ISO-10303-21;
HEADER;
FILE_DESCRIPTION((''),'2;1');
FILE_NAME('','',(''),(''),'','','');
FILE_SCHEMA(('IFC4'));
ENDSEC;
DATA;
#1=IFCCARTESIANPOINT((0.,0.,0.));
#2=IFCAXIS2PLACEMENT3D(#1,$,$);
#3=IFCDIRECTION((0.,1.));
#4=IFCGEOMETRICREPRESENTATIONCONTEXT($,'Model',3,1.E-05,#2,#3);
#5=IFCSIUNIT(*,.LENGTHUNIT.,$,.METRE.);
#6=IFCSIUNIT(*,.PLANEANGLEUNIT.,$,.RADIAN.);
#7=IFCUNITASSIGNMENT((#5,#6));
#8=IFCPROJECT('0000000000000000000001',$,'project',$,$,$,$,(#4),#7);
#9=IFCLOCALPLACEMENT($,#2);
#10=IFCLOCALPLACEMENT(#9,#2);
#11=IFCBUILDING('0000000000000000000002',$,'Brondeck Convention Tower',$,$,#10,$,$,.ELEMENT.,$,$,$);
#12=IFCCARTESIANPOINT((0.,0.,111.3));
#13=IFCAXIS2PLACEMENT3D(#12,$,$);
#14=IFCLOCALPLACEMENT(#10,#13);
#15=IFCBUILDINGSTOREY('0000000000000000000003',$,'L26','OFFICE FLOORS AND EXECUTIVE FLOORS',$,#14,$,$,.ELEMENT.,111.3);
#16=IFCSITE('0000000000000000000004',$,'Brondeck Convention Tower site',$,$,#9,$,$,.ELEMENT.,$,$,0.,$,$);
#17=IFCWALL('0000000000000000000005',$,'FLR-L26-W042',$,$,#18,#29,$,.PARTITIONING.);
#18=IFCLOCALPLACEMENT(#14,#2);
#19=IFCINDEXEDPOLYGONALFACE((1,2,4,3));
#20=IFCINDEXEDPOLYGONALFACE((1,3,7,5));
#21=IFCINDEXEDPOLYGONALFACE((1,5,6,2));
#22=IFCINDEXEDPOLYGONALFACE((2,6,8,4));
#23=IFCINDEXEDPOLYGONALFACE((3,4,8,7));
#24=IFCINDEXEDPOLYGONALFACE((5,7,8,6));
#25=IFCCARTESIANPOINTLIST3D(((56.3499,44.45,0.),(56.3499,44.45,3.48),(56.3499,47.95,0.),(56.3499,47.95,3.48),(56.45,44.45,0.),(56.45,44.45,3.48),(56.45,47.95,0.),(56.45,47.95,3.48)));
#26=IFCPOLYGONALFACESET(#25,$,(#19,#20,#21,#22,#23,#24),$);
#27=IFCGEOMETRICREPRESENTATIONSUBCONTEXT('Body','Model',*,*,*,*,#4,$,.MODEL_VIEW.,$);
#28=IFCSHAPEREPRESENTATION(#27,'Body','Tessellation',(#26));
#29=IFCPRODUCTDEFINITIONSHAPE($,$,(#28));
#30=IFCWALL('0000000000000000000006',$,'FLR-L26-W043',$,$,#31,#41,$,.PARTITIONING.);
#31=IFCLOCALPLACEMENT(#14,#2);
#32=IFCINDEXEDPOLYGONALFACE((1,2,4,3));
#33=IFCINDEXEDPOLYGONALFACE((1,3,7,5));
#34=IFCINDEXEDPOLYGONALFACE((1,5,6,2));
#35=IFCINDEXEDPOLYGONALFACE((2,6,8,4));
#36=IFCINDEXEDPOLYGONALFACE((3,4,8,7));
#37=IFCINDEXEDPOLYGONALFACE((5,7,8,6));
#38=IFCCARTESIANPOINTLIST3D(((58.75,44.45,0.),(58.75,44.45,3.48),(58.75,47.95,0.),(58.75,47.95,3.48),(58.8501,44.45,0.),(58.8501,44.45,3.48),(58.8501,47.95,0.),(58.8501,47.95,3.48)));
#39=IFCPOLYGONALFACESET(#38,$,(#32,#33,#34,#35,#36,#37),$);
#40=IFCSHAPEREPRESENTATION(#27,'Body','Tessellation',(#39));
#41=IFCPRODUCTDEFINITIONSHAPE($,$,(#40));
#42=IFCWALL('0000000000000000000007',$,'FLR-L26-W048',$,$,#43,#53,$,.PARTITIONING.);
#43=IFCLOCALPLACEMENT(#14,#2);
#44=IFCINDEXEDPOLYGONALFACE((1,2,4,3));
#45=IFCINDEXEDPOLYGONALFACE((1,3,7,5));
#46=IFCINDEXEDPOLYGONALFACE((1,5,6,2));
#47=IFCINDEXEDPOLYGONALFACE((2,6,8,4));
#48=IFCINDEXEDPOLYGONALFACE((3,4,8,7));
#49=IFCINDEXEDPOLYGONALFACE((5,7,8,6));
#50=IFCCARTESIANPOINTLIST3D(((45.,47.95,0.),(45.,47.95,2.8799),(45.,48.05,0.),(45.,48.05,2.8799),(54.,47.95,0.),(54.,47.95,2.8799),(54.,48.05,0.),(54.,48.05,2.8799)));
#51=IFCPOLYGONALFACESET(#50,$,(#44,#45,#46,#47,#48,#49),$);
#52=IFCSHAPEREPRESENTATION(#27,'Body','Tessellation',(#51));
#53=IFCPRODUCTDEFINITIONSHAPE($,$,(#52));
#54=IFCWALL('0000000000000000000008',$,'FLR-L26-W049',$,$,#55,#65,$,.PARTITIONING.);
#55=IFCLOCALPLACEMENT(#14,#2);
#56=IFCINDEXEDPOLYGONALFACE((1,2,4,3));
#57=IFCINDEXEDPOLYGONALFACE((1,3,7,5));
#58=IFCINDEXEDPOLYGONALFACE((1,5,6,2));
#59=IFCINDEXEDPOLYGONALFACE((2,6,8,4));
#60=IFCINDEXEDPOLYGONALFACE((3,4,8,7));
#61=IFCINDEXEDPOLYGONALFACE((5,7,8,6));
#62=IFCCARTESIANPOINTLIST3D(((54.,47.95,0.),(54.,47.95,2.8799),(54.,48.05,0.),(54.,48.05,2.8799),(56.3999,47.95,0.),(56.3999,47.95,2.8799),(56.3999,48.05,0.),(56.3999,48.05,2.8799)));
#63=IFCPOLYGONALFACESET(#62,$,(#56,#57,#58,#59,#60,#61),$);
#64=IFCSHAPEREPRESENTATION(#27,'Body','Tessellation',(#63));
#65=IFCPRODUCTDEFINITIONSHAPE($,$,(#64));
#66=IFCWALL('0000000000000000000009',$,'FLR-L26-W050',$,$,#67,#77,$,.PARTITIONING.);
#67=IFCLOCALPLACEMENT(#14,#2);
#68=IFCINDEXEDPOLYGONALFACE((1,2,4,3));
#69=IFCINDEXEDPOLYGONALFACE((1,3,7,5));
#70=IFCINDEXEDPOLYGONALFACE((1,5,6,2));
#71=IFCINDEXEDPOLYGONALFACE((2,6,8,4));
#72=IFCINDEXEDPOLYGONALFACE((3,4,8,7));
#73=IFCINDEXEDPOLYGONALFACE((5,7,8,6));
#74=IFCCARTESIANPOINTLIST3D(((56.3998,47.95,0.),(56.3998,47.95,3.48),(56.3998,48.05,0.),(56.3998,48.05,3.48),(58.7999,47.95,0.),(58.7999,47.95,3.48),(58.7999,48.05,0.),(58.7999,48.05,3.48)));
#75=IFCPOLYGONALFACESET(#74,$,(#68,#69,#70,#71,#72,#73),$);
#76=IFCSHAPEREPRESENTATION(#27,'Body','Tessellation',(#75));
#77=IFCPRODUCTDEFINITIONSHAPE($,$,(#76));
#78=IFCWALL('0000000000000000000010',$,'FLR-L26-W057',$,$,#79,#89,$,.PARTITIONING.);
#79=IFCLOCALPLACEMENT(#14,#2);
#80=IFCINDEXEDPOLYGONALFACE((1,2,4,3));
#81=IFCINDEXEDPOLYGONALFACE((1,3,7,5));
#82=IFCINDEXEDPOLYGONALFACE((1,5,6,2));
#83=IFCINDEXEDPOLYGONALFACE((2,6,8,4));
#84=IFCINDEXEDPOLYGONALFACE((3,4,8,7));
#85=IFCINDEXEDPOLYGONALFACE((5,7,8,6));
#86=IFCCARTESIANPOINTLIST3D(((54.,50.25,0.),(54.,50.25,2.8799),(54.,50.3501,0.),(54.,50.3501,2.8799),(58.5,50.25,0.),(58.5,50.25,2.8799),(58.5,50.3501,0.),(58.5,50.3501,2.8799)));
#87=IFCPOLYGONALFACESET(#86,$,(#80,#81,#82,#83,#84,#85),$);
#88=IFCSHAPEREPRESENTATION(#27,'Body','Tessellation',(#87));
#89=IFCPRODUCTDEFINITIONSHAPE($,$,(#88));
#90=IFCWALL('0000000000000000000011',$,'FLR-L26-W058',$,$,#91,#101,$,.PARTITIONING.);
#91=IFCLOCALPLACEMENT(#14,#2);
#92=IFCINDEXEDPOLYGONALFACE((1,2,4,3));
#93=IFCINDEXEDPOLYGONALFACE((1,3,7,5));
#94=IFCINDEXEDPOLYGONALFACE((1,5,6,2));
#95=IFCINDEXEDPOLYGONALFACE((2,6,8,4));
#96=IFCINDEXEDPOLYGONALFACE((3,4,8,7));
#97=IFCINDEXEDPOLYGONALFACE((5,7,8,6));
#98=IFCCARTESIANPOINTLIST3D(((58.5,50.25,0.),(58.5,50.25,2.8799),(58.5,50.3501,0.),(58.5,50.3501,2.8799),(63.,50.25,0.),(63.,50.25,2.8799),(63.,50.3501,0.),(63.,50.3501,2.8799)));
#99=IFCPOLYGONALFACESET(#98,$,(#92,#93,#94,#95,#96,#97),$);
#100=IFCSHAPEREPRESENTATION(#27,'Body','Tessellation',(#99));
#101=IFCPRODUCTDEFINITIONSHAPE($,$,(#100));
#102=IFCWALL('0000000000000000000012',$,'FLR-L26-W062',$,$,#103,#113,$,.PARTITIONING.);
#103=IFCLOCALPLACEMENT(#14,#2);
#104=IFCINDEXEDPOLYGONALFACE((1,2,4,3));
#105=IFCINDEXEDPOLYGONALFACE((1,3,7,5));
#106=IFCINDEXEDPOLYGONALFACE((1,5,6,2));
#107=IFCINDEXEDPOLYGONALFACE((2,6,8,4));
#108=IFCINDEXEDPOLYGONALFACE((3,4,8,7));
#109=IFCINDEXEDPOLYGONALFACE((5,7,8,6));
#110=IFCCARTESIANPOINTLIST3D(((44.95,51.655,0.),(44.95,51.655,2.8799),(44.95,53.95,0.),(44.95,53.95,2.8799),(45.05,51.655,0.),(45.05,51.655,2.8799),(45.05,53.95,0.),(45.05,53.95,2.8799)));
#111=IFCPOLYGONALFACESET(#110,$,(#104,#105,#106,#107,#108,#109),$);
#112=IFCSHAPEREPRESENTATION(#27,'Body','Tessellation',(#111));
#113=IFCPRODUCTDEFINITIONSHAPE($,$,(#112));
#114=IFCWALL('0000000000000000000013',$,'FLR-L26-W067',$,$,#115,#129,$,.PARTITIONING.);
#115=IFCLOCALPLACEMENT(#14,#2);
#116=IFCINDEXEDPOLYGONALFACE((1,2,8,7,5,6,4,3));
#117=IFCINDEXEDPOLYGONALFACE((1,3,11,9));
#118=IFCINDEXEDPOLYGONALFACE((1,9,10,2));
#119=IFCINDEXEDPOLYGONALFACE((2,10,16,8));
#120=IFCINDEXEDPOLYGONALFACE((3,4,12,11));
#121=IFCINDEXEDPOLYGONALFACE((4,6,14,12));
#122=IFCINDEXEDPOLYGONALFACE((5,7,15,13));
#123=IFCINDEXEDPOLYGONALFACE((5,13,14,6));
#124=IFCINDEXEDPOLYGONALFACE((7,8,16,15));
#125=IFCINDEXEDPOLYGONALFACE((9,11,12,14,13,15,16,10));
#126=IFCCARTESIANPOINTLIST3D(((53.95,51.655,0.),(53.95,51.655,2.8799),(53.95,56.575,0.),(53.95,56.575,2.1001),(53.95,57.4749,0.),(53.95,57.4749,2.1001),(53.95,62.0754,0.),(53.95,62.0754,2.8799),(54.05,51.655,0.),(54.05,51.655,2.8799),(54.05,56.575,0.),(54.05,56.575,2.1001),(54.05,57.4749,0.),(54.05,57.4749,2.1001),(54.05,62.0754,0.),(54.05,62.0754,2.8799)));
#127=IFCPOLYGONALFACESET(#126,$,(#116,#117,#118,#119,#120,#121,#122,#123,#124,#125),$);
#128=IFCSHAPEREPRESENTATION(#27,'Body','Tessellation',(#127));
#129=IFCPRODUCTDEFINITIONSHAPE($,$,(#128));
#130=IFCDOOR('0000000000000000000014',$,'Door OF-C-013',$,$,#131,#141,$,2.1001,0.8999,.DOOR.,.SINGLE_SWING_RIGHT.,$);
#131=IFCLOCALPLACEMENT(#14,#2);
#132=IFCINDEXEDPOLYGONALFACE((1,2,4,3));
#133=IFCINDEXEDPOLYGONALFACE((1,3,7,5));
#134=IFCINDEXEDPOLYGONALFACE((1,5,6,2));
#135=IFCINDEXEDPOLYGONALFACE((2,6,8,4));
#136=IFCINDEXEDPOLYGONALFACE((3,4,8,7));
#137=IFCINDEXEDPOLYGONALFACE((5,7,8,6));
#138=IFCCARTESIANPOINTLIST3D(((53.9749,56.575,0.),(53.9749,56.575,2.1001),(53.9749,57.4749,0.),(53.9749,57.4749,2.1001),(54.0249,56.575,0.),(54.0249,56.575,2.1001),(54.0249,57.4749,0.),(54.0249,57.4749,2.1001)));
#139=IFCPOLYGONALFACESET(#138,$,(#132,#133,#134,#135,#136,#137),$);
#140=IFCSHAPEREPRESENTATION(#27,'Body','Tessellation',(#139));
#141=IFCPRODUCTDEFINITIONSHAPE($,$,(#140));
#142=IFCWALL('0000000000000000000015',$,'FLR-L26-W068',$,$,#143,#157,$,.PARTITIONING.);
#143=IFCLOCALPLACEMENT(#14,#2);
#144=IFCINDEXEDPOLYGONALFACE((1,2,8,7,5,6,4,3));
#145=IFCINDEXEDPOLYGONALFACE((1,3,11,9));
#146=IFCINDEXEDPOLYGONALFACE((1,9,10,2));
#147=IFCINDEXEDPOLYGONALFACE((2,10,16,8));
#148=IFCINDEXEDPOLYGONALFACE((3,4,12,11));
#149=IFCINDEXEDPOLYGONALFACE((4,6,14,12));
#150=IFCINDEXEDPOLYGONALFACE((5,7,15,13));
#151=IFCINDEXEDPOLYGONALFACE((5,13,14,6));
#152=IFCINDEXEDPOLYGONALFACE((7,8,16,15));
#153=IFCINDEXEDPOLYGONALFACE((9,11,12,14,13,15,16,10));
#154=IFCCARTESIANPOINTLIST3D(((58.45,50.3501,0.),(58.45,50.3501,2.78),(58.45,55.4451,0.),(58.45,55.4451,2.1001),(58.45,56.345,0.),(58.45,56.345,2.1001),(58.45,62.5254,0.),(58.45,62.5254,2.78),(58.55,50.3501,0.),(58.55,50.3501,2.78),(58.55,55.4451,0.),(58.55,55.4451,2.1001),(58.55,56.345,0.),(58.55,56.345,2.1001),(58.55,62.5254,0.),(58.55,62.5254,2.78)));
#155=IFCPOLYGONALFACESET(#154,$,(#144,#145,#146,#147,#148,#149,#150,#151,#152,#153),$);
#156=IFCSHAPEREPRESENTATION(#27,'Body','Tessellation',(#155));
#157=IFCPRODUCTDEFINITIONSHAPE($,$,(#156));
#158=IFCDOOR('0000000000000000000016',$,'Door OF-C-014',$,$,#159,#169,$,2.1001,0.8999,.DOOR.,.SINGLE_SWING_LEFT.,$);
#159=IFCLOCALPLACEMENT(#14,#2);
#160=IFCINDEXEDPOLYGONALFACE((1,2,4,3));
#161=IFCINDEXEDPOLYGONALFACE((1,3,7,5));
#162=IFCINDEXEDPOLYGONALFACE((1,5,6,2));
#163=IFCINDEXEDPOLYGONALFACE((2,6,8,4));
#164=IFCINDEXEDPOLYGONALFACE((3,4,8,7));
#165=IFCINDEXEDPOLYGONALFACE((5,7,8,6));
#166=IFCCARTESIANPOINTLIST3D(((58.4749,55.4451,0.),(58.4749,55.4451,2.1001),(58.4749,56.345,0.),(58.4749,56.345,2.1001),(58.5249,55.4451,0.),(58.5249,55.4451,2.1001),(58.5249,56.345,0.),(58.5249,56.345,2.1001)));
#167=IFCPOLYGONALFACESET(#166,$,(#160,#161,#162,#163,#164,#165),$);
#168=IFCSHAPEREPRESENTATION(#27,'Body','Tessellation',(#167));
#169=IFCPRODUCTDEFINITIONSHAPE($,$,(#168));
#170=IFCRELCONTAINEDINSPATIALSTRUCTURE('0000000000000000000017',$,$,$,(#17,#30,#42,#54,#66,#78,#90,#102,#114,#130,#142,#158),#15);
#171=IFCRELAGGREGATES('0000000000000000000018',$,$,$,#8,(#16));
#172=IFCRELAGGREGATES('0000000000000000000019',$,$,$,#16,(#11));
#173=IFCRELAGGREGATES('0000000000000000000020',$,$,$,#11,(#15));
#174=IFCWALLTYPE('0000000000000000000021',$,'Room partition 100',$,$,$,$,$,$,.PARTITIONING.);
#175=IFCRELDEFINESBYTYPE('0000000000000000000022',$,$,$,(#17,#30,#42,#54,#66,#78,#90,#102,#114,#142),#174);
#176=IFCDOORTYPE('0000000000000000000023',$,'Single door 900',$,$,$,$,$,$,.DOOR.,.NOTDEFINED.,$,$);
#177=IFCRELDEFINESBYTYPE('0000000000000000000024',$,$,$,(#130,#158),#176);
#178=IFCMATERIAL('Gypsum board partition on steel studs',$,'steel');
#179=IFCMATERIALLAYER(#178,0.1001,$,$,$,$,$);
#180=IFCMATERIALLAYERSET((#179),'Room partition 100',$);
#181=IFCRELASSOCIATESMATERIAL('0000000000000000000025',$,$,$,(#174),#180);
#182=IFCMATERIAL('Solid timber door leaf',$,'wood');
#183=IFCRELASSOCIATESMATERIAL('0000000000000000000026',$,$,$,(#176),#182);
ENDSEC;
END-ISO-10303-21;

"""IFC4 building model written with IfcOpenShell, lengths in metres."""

from ifc_helpers import new_model, si_unit, direction, frame, frame_2d, origin, place, context, subcontext, project, spatial, rectangle, extrude, material, layer, layer_set, type_object, element, fill, save


model = new_model("IFC4")

# Units and contexts
model_context = context("Model", 3, precision=1e-05, world=origin(), true_north=direction((0.0, 1.0)))
body_context = subcontext(model_context, "Body", "Model", "MODEL_VIEW")
ifc_project = project(units=[si_unit("LENGTHUNIT", "METRE"), si_unit("PLANEANGLEUNIT", "RADIAN")], contexts=[model_context])

# Site, building, storey
site_placement = place(None, origin())
site = spatial("IfcSite", under=ifc_project, at=site_placement, Name="Brondeck Convention Tower site", CompositionType="ELEMENT", RefElevation=0.0)
building_placement = place(site_placement, origin())
building = spatial("IfcBuilding", under=site, at=building_placement, Name="Brondeck Convention Tower", CompositionType="ELEMENT")
storey_placement = place(building_placement, frame((0.0, 0.0, 111.3)))
storey = spatial("IfcBuildingStorey", under=building, at=storey_placement, Name="L26", Description="OFFICE FLOORS AND EXECUTIVE FLOORS", CompositionType="ELEMENT", Elevation=111.3)

# Shared definitions
ifc_material_1 = material(Name="Gypsum board partition on steel studs", Category="steel")
ifc_layer_1 = layer(ifc_material_1, 0.1001)
ifc_layer_set_1 = layer_set([ifc_layer_1], Name="Room partition 100")
wall_type_1 = type_object("IfcWallType", Name="Room partition 100", PredefinedType="PARTITIONING", material=ifc_layer_set_1)
ifc_material_2 = material(Name="Solid timber door leaf", Category="wood")

# Walls
for number, where, z_axis, x_axis, name in (
    (1, (56.3999, 47.95, 0.0), (0.0, 0.0, 1.0), (0.0, -1.0, 0.0), "FLR-L26-W042"),
    (2, (58.8, 47.95, 0.0), (0.0, 0.0, 1.0), (0.0, -1.0, 0.0), "FLR-L26-W043"),
):
    element("IfcWall", number, at=place(storey_placement, frame(where, z_axis=z_axis, x_axis=x_axis)), inside=storey, type_object=wall_type_1, Name=name, PredefinedType="PARTITIONING", context=body_context, shape_type="SweptSolid", body=[
        extrude(rectangle(XDim=3.5, YDim=0.1001, at=frame_2d((1.75, 0.0))), origin(), (0.0, 0.0, 1.0), 3.48),
    ])
wall_1_placement = place(storey_placement, frame((54.0, 48.0, 0.0), z_axis=(0.0, 0.0, 1.0), x_axis=(-1.0, 0.0, 0.0)))
element("IfcWall", 3, at=wall_1_placement, inside=storey, type_object=wall_type_1, Name="FLR-L26-W048", PredefinedType="PARTITIONING", context=body_context, shape_type="SweptSolid", body=[
    extrude(rectangle(XDim=9.0, YDim=0.1001, at=frame_2d((4.5, 0.0))), origin(), (0.0, 0.0, 1.0), 2.8799),
])
wall_2_placement = place(storey_placement, frame((56.3999, 48.0, 0.0), z_axis=(0.0, 0.0, 1.0), x_axis=(-1.0, 0.0, 0.0)))
element("IfcWall", 4, at=wall_2_placement, inside=storey, type_object=wall_type_1, Name="FLR-L26-W049", PredefinedType="PARTITIONING", context=body_context, shape_type="SweptSolid", body=[
    extrude(rectangle(XDim=2.3999, YDim=0.1001, at=frame_2d((1.2, 0.0))), origin(), (0.0, 0.0, 1.0), 2.8799),
])
wall_3_placement = place(storey_placement, frame((58.8, 48.0, 0.0), z_axis=(0.0, 0.0, 1.0), x_axis=(-1.0, 0.0, 0.0)))
element("IfcWall", 5, at=wall_3_placement, inside=storey, type_object=wall_type_1, Name="FLR-L26-W050", PredefinedType="PARTITIONING", context=body_context, shape_type="SweptSolid", body=[
    extrude(rectangle(XDim=2.4001, YDim=0.1001, at=frame_2d((1.2002, 0.0))), origin(), (0.0, 0.0, 1.0), 3.48),
])
for number, where, z_axis, x_axis, name in (
    (6, (54.0, 50.3, 0.0), (0.0, 0.0, 1.0), (1.0, 0.0, 0.0), "FLR-L26-W057"),
    (7, (58.5, 50.3, 0.0), (0.0, 0.0, 1.0), (1.0, 0.0, 0.0), "FLR-L26-W058"),
):
    element("IfcWall", number, at=place(storey_placement, frame(where, z_axis=z_axis, x_axis=x_axis)), inside=storey, type_object=wall_type_1, Name=name, PredefinedType="PARTITIONING", context=body_context, shape_type="SweptSolid", body=[
        extrude(rectangle(XDim=4.5, YDim=0.1001, at=frame_2d((2.25, 0.0))), origin(), (0.0, 0.0, 1.0), 2.8799),
    ])
wall_4_placement = place(storey_placement, frame((45.0, 53.95, 0.0), z_axis=(0.0, 0.0, 1.0), x_axis=(0.0, -1.0, 0.0)))
element("IfcWall", 8, at=wall_4_placement, inside=storey, type_object=wall_type_1, Name="FLR-L26-W062", PredefinedType="PARTITIONING", context=body_context, shape_type="SweptSolid", body=[
    extrude(rectangle(XDim=2.2949, YDim=0.1001, at=frame_2d((1.1475, 0.0))), origin(), (0.0, 0.0, 1.0), 2.8799),
])

# Walls, openings, doors
wall_5_placement = place(storey_placement, frame((54.0, 62.0754, 0.0), z_axis=(0.0, 0.0, 1.0), x_axis=(0.0, -1.0, 0.0)))
wall_5 = element("IfcWall", 9, at=wall_5_placement, inside=storey, type_object=wall_type_1, Name="FLR-L26-W067", PredefinedType="PARTITIONING", context=body_context, shape_type="SweptSolid", body=[
    extrude(rectangle(XDim=10.4204, YDim=0.1001, at=frame_2d((5.2102, 0.0))), origin(), (0.0, 0.0, 1.0), 2.8799),
])
opening_1_placement = place(wall_5_placement, frame((4.6006, 0.0, 0.0)))
opening_1 = element("IfcOpeningElement", 10, at=opening_1_placement, cuts=wall_5, PredefinedType="OPENING", context=body_context, shape_type="SweptSolid", body=[
    extrude(rectangle(XDim=0.8999, YDim=2.1001, at=frame_2d((0.45, 1.05))), frame((0.0, 0.0601, 0.0), z_axis=(0.0, -1.0, 0.0), x_axis=(1.0, 0.0, 0.0)), (0.0, 0.0, 1.0), 0.1201),
])
door_type_1 = type_object("IfcDoorType", Name="Single door 900", OperationType="NOTDEFINED", PredefinedType="DOOR", material=ifc_material_2)
door_1_placement = place(opening_1_placement, origin())
door_1 = element("IfcDoor", 11, at=door_1_placement, inside=storey, type_object=door_type_1, Name="Door OF-C-013", OperationType="SINGLE_SWING_RIGHT", OverallHeight=2.1001, OverallWidth=0.8999, PredefinedType="DOOR", context=body_context, shape_type="SweptSolid", body=[
    extrude(rectangle(XDim=0.8999, YDim=2.1001, at=frame_2d((0.45, 1.05))), frame((0.0, 0.0249, 0.0), z_axis=(0.0, -1.0, 0.0), x_axis=(1.0, 0.0, 0.0)), (0.0, 0.0, 1.0), 0.05),
])
fill(opening_1, door_1)
wall_6_placement = place(storey_placement, frame((58.5, 62.5254, 0.0), z_axis=(0.0, 0.0, 1.0), x_axis=(0.0, -1.0, 0.0)))
wall_6 = element("IfcWall", 12, at=wall_6_placement, inside=storey, type_object=wall_type_1, Name="FLR-L26-W068", PredefinedType="PARTITIONING", context=body_context, shape_type="SweptSolid", body=[
    extrude(rectangle(XDim=12.1753, YDim=0.1001, at=frame_2d((6.0876, 0.0))), origin(), (0.0, 0.0, 1.0), 2.78),
])
opening_2_placement = place(wall_6_placement, frame((6.1804, 0.0, 0.0)))
opening_2 = element("IfcOpeningElement", 13, at=opening_2_placement, cuts=wall_6, PredefinedType="OPENING", context=body_context, shape_type="SweptSolid", body=[
    extrude(rectangle(XDim=0.8999, YDim=2.1001, at=frame_2d((0.45, 1.05))), frame((0.0, 0.0601, 0.0), z_axis=(0.0, -1.0, 0.0), x_axis=(1.0, 0.0, 0.0)), (0.0, 0.0, 1.0), 0.1201),
])
door_2_placement = place(opening_2_placement, origin())
door_2 = element("IfcDoor", 14, at=door_2_placement, inside=storey, type_object=door_type_1, Name="Door OF-C-014", OperationType="SINGLE_SWING_LEFT", OverallHeight=2.1001, OverallWidth=0.8999, PredefinedType="DOOR", context=body_context, shape_type="SweptSolid", body=[
    extrude(rectangle(XDim=0.8999, YDim=2.1001, at=frame_2d((0.45, 1.05))), frame((0.0, 0.0249, 0.0), z_axis=(0.0, -1.0, 0.0), x_axis=(1.0, 0.0, 0.0)), (0.0, 0.0, 1.0), 0.05),
])
fill(opening_2, door_2)

save(model, "model.ifc")
